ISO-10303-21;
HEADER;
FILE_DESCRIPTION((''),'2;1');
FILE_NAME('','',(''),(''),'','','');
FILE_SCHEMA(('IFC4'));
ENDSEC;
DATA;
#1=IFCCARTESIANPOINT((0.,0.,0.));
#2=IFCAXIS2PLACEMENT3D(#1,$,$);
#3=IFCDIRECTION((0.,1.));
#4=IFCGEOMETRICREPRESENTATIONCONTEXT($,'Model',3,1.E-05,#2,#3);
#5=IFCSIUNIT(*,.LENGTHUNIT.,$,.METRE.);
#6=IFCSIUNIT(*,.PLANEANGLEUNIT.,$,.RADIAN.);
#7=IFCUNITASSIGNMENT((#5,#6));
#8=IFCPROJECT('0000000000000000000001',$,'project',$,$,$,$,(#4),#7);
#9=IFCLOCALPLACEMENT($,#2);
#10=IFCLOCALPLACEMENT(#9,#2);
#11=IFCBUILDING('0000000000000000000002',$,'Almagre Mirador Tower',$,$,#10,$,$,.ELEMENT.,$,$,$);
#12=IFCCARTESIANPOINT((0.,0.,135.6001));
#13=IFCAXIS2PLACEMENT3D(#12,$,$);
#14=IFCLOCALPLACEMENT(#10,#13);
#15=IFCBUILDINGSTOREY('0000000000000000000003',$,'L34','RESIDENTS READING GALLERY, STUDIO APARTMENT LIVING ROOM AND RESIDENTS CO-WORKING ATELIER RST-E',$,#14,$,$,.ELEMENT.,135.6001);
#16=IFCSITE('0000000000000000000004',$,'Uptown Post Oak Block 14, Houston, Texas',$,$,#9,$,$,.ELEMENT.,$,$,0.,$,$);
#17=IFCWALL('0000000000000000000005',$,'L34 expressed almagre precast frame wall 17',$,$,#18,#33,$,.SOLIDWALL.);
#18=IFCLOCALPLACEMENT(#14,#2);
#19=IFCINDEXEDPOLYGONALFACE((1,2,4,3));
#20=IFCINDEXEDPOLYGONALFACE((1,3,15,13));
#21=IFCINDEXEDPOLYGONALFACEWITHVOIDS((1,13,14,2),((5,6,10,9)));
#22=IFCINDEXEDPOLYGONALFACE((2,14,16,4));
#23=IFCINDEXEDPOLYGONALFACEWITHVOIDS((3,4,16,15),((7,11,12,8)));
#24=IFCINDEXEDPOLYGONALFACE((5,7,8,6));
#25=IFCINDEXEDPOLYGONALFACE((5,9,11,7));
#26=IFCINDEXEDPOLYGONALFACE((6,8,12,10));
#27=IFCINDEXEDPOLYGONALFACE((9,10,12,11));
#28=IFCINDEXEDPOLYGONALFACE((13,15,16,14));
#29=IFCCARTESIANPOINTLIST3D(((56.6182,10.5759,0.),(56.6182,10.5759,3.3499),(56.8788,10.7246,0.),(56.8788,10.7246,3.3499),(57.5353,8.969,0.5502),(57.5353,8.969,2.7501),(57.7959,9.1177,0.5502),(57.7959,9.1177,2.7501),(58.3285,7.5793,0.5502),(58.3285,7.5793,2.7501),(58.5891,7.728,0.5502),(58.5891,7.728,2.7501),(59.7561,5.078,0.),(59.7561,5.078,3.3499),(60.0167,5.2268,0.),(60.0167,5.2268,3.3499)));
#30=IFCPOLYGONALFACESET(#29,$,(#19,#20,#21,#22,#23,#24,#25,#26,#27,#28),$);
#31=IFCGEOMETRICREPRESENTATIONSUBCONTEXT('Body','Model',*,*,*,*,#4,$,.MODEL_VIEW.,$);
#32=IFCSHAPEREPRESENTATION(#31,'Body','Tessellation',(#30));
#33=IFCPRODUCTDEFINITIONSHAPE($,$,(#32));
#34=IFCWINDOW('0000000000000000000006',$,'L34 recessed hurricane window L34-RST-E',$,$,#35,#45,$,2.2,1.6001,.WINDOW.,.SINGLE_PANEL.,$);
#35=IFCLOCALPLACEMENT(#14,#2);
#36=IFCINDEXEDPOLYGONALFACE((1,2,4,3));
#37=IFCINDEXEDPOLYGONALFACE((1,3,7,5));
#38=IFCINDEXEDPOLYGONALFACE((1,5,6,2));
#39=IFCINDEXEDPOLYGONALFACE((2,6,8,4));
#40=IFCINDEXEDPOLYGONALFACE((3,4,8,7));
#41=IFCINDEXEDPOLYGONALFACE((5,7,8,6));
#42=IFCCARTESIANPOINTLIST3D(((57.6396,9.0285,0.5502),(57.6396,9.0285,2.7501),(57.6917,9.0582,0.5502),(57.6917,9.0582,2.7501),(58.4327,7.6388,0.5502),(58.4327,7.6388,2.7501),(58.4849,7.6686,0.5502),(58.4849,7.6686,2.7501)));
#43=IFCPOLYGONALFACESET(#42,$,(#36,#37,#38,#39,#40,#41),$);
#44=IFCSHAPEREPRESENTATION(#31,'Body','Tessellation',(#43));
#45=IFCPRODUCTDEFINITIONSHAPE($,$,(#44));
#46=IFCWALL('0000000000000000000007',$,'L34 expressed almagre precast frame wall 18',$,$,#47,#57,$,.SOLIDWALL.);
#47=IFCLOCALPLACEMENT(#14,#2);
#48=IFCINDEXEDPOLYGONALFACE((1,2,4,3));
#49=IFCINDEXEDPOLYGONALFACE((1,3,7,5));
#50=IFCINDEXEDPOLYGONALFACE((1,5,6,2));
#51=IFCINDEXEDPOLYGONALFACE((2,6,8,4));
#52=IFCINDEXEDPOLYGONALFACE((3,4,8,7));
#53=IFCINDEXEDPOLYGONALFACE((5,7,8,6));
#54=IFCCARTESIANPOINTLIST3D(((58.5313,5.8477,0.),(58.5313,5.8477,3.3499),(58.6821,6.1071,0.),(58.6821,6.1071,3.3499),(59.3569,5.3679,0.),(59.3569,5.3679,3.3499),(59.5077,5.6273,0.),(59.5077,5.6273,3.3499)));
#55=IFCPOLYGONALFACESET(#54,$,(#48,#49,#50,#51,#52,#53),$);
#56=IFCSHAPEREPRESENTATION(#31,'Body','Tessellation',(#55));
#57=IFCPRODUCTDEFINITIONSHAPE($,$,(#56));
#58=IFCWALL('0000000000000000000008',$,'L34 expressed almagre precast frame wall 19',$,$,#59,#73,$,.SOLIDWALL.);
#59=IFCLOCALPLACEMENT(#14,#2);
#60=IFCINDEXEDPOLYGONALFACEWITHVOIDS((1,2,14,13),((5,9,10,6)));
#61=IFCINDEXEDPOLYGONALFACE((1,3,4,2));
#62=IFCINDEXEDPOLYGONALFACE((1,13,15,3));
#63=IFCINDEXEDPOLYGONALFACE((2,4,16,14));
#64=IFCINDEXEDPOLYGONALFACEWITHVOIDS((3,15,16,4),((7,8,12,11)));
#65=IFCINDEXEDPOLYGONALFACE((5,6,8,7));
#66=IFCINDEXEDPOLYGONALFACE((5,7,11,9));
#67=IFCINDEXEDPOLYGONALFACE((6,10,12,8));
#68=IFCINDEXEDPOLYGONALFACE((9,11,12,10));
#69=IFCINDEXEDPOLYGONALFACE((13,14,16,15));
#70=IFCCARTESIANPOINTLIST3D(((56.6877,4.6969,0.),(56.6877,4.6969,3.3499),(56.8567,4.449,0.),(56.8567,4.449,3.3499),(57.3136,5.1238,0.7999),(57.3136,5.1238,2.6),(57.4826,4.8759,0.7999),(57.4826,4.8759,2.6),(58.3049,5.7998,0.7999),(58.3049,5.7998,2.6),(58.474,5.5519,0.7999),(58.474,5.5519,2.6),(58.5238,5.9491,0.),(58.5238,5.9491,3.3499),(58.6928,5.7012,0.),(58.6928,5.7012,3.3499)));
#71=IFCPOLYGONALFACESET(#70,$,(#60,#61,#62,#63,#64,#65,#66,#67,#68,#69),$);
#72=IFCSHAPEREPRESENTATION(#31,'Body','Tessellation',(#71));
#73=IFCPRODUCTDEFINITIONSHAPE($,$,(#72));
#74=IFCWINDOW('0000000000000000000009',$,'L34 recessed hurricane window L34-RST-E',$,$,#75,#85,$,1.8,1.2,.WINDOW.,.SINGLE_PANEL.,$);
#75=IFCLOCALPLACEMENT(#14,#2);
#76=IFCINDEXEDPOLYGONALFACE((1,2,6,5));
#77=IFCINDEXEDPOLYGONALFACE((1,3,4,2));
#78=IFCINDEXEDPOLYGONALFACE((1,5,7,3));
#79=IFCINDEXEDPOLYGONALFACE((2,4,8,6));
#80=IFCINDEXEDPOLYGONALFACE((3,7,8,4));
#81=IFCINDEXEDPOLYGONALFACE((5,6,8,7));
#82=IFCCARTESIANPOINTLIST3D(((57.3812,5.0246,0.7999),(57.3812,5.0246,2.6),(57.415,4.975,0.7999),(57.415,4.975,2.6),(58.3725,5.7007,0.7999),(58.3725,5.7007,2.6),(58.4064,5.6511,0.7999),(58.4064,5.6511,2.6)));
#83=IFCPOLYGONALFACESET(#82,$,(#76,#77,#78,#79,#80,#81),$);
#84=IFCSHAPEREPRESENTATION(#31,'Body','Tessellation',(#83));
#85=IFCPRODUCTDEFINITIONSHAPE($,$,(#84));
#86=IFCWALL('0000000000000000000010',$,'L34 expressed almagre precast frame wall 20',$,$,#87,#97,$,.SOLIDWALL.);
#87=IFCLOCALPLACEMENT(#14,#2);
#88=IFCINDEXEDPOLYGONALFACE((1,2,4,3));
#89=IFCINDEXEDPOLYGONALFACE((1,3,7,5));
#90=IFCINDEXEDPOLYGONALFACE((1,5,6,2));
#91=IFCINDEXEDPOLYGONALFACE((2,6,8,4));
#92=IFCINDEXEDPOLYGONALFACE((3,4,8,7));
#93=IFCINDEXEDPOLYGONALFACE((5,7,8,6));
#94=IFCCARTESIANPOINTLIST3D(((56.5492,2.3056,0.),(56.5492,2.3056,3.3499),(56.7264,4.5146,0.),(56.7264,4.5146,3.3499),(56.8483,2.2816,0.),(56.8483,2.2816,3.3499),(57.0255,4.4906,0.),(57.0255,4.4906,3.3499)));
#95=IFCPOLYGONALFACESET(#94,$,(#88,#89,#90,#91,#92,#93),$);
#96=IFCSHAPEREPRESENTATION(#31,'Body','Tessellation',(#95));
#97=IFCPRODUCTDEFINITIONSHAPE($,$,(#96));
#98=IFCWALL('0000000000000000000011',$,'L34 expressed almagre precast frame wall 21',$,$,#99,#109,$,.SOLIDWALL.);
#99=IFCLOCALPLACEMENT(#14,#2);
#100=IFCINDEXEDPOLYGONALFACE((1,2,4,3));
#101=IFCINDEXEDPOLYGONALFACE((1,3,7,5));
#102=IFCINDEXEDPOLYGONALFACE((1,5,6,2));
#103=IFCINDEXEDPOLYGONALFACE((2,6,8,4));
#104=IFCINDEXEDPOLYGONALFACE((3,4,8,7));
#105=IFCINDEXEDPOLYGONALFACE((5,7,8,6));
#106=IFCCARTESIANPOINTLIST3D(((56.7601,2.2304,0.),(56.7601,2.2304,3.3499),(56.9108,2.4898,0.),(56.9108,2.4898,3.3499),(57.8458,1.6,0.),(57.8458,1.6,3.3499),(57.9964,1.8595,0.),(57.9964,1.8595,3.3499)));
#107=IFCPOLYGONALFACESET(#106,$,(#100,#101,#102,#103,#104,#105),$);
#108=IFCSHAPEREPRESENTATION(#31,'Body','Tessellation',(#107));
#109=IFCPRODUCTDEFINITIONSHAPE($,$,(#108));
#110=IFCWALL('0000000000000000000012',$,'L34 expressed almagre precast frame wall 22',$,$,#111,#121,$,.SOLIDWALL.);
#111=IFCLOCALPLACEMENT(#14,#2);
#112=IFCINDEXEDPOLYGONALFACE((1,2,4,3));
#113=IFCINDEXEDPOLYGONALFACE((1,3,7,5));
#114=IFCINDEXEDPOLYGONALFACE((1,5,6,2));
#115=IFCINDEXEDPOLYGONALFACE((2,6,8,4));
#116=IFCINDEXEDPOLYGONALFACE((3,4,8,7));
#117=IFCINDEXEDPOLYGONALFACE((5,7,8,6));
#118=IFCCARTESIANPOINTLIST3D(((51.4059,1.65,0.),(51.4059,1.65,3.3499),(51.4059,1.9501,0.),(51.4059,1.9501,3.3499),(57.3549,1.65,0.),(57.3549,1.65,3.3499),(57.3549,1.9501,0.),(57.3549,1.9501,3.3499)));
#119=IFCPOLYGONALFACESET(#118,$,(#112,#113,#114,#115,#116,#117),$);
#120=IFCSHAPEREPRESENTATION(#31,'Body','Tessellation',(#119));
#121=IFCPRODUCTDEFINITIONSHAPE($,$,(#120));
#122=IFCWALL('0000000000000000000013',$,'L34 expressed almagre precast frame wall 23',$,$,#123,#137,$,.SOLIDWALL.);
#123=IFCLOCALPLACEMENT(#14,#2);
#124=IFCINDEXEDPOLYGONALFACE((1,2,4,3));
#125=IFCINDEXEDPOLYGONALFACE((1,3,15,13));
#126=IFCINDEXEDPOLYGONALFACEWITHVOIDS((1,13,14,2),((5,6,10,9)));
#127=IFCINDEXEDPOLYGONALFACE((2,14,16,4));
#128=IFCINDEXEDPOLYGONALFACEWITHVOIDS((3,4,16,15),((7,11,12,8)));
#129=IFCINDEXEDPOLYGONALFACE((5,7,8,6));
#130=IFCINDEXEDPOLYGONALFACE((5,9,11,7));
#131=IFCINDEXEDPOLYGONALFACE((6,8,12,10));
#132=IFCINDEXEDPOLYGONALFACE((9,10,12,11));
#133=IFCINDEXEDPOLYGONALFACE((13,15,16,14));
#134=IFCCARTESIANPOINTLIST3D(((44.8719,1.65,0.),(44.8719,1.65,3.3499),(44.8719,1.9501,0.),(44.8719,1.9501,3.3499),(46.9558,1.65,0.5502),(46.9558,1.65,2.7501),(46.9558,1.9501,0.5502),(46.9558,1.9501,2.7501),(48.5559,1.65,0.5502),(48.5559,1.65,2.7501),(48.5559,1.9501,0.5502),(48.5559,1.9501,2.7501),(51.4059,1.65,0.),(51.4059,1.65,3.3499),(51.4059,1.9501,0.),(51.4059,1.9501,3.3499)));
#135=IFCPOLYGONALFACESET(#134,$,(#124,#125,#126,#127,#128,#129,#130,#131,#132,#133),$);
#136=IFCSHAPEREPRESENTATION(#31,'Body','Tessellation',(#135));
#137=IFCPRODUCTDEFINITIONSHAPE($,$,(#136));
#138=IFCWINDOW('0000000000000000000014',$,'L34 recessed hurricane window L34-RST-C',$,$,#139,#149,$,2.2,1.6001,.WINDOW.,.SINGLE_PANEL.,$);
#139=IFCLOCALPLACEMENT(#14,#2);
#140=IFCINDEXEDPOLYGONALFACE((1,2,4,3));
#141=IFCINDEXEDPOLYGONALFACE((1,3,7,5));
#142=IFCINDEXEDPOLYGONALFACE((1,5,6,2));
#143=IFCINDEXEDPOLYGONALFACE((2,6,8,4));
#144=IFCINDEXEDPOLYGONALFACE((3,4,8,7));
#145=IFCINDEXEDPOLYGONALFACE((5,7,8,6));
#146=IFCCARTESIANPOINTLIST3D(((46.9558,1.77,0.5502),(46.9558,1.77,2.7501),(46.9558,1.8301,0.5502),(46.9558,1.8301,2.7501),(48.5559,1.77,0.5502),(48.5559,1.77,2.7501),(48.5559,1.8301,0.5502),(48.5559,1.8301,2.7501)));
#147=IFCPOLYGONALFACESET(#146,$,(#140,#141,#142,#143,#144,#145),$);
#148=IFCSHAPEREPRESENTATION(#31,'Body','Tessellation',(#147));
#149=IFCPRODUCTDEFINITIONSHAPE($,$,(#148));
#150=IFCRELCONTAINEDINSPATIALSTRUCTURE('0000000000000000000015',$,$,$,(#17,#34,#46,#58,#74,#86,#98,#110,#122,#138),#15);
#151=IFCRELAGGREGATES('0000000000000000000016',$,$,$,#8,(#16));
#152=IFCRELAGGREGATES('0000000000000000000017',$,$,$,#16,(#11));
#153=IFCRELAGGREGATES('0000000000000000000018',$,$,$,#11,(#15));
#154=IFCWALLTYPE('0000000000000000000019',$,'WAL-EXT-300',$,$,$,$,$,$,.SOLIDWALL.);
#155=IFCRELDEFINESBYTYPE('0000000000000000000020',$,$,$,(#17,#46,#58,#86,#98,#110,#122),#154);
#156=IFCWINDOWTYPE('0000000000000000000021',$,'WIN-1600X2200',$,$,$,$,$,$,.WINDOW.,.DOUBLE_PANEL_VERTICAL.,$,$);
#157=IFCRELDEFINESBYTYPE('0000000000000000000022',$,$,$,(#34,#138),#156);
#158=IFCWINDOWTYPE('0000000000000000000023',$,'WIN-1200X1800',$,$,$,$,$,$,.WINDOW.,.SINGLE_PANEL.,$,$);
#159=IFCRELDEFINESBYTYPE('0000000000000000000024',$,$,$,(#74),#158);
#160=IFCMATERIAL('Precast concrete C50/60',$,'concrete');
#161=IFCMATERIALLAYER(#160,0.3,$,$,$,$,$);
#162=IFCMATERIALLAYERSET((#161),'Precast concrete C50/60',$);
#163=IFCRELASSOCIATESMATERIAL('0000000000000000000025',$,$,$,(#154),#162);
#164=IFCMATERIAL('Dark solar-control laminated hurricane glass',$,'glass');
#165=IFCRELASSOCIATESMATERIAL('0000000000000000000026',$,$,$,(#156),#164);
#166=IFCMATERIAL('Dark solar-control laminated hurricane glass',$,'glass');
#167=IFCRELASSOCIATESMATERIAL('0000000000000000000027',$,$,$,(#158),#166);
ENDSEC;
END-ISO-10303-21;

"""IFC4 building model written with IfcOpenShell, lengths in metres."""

from ifc_helpers import new_model, si_unit, direction, frame, frame_2d, origin, place, context, subcontext, project, spatial, rectangle, extrude, material, layer, layer_set, type_object, element, fill, save


model = new_model("IFC4")

# Units and contexts
model_context = context("Model", 3, precision=1e-05, world=origin(), true_north=direction((0.0, 1.0)))
body_context = subcontext(model_context, "Body", "Model", "MODEL_VIEW")
ifc_project = project(units=[si_unit("LENGTHUNIT", "METRE"), si_unit("PLANEANGLEUNIT", "RADIAN")], contexts=[model_context])

# Site, building, storey
site_placement = place(None, origin())
site = spatial("IfcSite", under=ifc_project, at=site_placement, Name="Uptown Post Oak Block 14, Houston, Texas", CompositionType="ELEMENT", RefElevation=0.0)
building_placement = place(site_placement, origin())
building = spatial("IfcBuilding", under=site, at=building_placement, Name="Almagre Mirador Tower", CompositionType="ELEMENT")
storey_placement = place(building_placement, frame((0.0, 0.0, 135.6001)))
storey = spatial("IfcBuildingStorey", under=building, at=storey_placement, Name="L34", Description="RESIDENTS READING GALLERY, STUDIO APARTMENT LIVING ROOM AND RESIDENTS CO-WORKING ATELIER RST-E", CompositionType="ELEMENT", Elevation=135.6001)

# Wall, opening, window
ifc_material_1 = material(Name="Precast concrete C50/60", Category="concrete")
ifc_layer_1 = layer(ifc_material_1, 0.3)
ifc_layer_set_1 = layer_set([ifc_layer_1], Name="Precast concrete C50/60")
wall_type_1 = type_object("IfcWallType", Name="WAL-EXT-300", PredefinedType="SOLIDWALL", material=ifc_layer_set_1)
wall_1_placement = place(storey_placement, frame((56.7485, 10.6501, 0.0), z_axis=(0.0, 0.0, 1.0), x_axis=(0.495703, -0.868492, 0.0)))
wall_1 = element("IfcWall", 1, at=wall_1_placement, inside=storey, type_object=wall_type_1, Name="L34 expressed almagre precast frame wall 17", PredefinedType="SOLIDWALL", context=body_context, shape_type="SweptSolid", body=[
    extrude(rectangle(XDim=6.3303, YDim=0.3, at=frame_2d((3.165, 0.0))), origin(), (0.0, 0.0, 1.0), 3.3499),
])
opening_1_placement = place(wall_1_placement, frame((1.8501, 0.0, 0.55)))
opening_1 = element("IfcOpeningElement", 2, at=opening_1_placement, cuts=wall_1, PredefinedType="OPENING", context=body_context, shape_type="SweptSolid", body=[
    extrude(rectangle(XDim=1.6001, YDim=2.2, at=frame_2d((0.8, 1.1001))), frame((0.0, 0.1599, 0.0), z_axis=(0.0, -1.0, 0.0), x_axis=(1.0, 0.0, 0.0)), (0.0, 0.0, 1.0), 0.32),
])
ifc_material_2 = material(Name="Dark solar-control laminated hurricane glass", Category="glass")
window_type_1 = type_object("IfcWindowType", Name="WIN-1600X2200", PartitioningType="DOUBLE_PANEL_VERTICAL", PredefinedType="WINDOW", material=ifc_material_2)
window_1_placement = place(opening_1_placement, origin())
window_1 = element("IfcWindow", 3, at=window_1_placement, inside=storey, type_object=window_type_1, Name="L34 recessed hurricane window L34-RST-E", OverallHeight=2.2, OverallWidth=1.6001, PartitioningType="SINGLE_PANEL", PredefinedType="WINDOW", context=body_context, shape_type="SweptSolid", body=[
    extrude(rectangle(XDim=1.6001, YDim=2.2, at=frame_2d((0.8, 1.1001))), frame((0.0, 0.03, 0.0), z_axis=(0.0, -1.0, 0.0), x_axis=(1.0, 0.0, 0.0)), (0.0, 0.0, 1.0), 0.0601),
])
fill(opening_1, window_1)

# Wall
wall_2_placement = place(storey_placement, frame((59.4324, 5.4976, 0.0), z_axis=(0.0, 0.0, 1.0), x_axis=(-0.864585, 0.502487, 0.0)))
element("IfcWall", 4, at=wall_2_placement, inside=storey, type_object=wall_type_1, Name="L34 expressed almagre precast frame wall 18", PredefinedType="SOLIDWALL", context=body_context, shape_type="SweptSolid", body=[
    extrude(rectangle(XDim=0.9548, YDim=0.3, at=frame_2d((0.4775, 0.0))), origin(), (0.0, 0.0, 1.0), 3.3499),
])

# Wall, opening, window
wall_3_placement = place(storey_placement, frame((58.6084, 5.8252, 0.0), z_axis=(0.0, 0.0, 1.0), x_axis=(-0.826174, -0.563415, 0.0)))
wall_3 = element("IfcWall", 5, at=wall_3_placement, inside=storey, type_object=wall_type_1, Name="L34 expressed almagre precast frame wall 19", PredefinedType="SOLIDWALL", context=body_context, shape_type="SweptSolid", body=[
    extrude(rectangle(XDim=2.2224, YDim=0.3, at=frame_2d((1.1113, 0.0))), origin(), (0.0, 0.0, 1.0), 3.3499),
])
opening_2_placement = place(wall_3_placement, frame((0.2649, 0.0, 0.8)))
opening_2 = element("IfcOpeningElement", 6, at=opening_2_placement, cuts=wall_3, PredefinedType="OPENING", context=body_context, shape_type="SweptSolid", body=[
    extrude(rectangle(XDim=1.2, YDim=1.8, at=frame_2d((0.6001, 0.8999))), frame((0.0, 0.1599, 0.0), z_axis=(0.0, -1.0, 0.0), x_axis=(1.0, 0.0, 0.0)), (0.0, 0.0, 1.0), 0.32),
])
ifc_material_3 = material(Name="Dark solar-control laminated hurricane glass", Category="glass")
window_type_2 = type_object("IfcWindowType", Name="WIN-1200X1800", PartitioningType="SINGLE_PANEL", PredefinedType="WINDOW", material=ifc_material_3)
window_2_placement = place(opening_2_placement, origin())
window_2 = element("IfcWindow", 7, at=window_2_placement, inside=storey, type_object=window_type_2, Name="L34 recessed hurricane window L34-RST-E", OverallHeight=1.8, OverallWidth=1.2, PartitioningType="SINGLE_PANEL", PredefinedType="WINDOW", context=body_context, shape_type="SweptSolid", body=[
    extrude(rectangle(XDim=1.2, YDim=1.8, at=frame_2d((0.6001, 0.8999))), frame((0.0, 0.03, 0.0), z_axis=(0.0, -1.0, 0.0), x_axis=(1.0, 0.0, 0.0)), (0.0, 0.0, 1.0), 0.0601),
])
fill(opening_2, window_2)

# Walls
wall_4_placement = place(storey_placement, frame((56.876, 4.5024, 0.0), z_axis=(0.0, 0.0, 1.0), x_axis=(-0.079982, -0.996796, 0.0)))
element("IfcWall", 8, at=wall_4_placement, inside=storey, type_object=wall_type_1, Name="L34 expressed almagre precast frame wall 20", PredefinedType="SOLIDWALL", context=body_context, shape_type="SweptSolid", body=[
    extrude(rectangle(XDim=2.2161, YDim=0.3, at=frame_2d((1.1079, 0.0))), origin(), (0.0, 0.0, 1.0), 3.3499),
])
wall_5_placement = place(storey_placement, frame((56.8354, 2.3601, 0.0), z_axis=(0.0, 0.0, 1.0), x_axis=(0.8648, -0.502117, 0.0)))
element("IfcWall", 9, at=wall_5_placement, inside=storey, type_object=wall_type_1, Name="L34 expressed almagre precast frame wall 21", PredefinedType="SOLIDWALL", context=body_context, shape_type="SweptSolid", body=[
    extrude(rectangle(XDim=1.2554, YDim=0.3, at=frame_2d((0.6277, 0.0))), origin(), (0.0, 0.0, 1.0), 3.3499),
])
wall_6_placement = place(storey_placement, frame((57.355, 1.8, 0.0), z_axis=(0.0, 0.0, 1.0), x_axis=(-1.0, 0.0, 0.0)))
element("IfcWall", 10, at=wall_6_placement, inside=storey, type_object=wall_type_1, Name="L34 expressed almagre precast frame wall 22", PredefinedType="SOLIDWALL", context=body_context, shape_type="SweptSolid", body=[
    extrude(rectangle(XDim=5.949, YDim=0.3, at=frame_2d((2.9746, 0.0))), origin(), (0.0, 0.0, 1.0), 3.3499),
])

# Wall, opening, window
wall_7_placement = place(storey_placement, frame((51.406, 1.8, 0.0), z_axis=(0.0, 0.0, 1.0), x_axis=(-1.0, 0.0, 0.0)))
wall_7 = element("IfcWall", 11, at=wall_7_placement, inside=storey, type_object=wall_type_1, Name="L34 expressed almagre precast frame wall 23", PredefinedType="SOLIDWALL", context=body_context, shape_type="SweptSolid", body=[
    extrude(rectangle(XDim=6.5339, YDim=0.3, at=frame_2d((3.2671, 0.0))), origin(), (0.0, 0.0, 1.0), 3.3499),
])
opening_3_placement = place(wall_7_placement, frame((2.8501, 0.0, 0.55)))
opening_3 = element("IfcOpeningElement", 12, at=opening_3_placement, cuts=wall_7, PredefinedType="OPENING", context=body_context, shape_type="SweptSolid", body=[
    extrude(rectangle(XDim=1.6001, YDim=2.2, at=frame_2d((0.8, 1.1001))), frame((0.0, 0.1599, 0.0), z_axis=(0.0, -1.0, 0.0), x_axis=(1.0, 0.0, 0.0)), (0.0, 0.0, 1.0), 0.32),
])
window_3_placement = place(opening_3_placement, origin())
window_3 = element("IfcWindow", 13, at=window_3_placement, inside=storey, type_object=window_type_1, Name="L34 recessed hurricane window L34-RST-C", OverallHeight=2.2, OverallWidth=1.6001, PartitioningType="SINGLE_PANEL", PredefinedType="WINDOW", context=body_context, shape_type="SweptSolid", body=[
    extrude(rectangle(XDim=1.6001, YDim=2.2, at=frame_2d((0.8, 1.1001))), frame((0.0, 0.03, 0.0), z_axis=(0.0, -1.0, 0.0), x_axis=(1.0, 0.0, 0.0)), (0.0, 0.0, 1.0), 0.0601),
])
fill(opening_3, window_3)

save(model, "model.ifc")
